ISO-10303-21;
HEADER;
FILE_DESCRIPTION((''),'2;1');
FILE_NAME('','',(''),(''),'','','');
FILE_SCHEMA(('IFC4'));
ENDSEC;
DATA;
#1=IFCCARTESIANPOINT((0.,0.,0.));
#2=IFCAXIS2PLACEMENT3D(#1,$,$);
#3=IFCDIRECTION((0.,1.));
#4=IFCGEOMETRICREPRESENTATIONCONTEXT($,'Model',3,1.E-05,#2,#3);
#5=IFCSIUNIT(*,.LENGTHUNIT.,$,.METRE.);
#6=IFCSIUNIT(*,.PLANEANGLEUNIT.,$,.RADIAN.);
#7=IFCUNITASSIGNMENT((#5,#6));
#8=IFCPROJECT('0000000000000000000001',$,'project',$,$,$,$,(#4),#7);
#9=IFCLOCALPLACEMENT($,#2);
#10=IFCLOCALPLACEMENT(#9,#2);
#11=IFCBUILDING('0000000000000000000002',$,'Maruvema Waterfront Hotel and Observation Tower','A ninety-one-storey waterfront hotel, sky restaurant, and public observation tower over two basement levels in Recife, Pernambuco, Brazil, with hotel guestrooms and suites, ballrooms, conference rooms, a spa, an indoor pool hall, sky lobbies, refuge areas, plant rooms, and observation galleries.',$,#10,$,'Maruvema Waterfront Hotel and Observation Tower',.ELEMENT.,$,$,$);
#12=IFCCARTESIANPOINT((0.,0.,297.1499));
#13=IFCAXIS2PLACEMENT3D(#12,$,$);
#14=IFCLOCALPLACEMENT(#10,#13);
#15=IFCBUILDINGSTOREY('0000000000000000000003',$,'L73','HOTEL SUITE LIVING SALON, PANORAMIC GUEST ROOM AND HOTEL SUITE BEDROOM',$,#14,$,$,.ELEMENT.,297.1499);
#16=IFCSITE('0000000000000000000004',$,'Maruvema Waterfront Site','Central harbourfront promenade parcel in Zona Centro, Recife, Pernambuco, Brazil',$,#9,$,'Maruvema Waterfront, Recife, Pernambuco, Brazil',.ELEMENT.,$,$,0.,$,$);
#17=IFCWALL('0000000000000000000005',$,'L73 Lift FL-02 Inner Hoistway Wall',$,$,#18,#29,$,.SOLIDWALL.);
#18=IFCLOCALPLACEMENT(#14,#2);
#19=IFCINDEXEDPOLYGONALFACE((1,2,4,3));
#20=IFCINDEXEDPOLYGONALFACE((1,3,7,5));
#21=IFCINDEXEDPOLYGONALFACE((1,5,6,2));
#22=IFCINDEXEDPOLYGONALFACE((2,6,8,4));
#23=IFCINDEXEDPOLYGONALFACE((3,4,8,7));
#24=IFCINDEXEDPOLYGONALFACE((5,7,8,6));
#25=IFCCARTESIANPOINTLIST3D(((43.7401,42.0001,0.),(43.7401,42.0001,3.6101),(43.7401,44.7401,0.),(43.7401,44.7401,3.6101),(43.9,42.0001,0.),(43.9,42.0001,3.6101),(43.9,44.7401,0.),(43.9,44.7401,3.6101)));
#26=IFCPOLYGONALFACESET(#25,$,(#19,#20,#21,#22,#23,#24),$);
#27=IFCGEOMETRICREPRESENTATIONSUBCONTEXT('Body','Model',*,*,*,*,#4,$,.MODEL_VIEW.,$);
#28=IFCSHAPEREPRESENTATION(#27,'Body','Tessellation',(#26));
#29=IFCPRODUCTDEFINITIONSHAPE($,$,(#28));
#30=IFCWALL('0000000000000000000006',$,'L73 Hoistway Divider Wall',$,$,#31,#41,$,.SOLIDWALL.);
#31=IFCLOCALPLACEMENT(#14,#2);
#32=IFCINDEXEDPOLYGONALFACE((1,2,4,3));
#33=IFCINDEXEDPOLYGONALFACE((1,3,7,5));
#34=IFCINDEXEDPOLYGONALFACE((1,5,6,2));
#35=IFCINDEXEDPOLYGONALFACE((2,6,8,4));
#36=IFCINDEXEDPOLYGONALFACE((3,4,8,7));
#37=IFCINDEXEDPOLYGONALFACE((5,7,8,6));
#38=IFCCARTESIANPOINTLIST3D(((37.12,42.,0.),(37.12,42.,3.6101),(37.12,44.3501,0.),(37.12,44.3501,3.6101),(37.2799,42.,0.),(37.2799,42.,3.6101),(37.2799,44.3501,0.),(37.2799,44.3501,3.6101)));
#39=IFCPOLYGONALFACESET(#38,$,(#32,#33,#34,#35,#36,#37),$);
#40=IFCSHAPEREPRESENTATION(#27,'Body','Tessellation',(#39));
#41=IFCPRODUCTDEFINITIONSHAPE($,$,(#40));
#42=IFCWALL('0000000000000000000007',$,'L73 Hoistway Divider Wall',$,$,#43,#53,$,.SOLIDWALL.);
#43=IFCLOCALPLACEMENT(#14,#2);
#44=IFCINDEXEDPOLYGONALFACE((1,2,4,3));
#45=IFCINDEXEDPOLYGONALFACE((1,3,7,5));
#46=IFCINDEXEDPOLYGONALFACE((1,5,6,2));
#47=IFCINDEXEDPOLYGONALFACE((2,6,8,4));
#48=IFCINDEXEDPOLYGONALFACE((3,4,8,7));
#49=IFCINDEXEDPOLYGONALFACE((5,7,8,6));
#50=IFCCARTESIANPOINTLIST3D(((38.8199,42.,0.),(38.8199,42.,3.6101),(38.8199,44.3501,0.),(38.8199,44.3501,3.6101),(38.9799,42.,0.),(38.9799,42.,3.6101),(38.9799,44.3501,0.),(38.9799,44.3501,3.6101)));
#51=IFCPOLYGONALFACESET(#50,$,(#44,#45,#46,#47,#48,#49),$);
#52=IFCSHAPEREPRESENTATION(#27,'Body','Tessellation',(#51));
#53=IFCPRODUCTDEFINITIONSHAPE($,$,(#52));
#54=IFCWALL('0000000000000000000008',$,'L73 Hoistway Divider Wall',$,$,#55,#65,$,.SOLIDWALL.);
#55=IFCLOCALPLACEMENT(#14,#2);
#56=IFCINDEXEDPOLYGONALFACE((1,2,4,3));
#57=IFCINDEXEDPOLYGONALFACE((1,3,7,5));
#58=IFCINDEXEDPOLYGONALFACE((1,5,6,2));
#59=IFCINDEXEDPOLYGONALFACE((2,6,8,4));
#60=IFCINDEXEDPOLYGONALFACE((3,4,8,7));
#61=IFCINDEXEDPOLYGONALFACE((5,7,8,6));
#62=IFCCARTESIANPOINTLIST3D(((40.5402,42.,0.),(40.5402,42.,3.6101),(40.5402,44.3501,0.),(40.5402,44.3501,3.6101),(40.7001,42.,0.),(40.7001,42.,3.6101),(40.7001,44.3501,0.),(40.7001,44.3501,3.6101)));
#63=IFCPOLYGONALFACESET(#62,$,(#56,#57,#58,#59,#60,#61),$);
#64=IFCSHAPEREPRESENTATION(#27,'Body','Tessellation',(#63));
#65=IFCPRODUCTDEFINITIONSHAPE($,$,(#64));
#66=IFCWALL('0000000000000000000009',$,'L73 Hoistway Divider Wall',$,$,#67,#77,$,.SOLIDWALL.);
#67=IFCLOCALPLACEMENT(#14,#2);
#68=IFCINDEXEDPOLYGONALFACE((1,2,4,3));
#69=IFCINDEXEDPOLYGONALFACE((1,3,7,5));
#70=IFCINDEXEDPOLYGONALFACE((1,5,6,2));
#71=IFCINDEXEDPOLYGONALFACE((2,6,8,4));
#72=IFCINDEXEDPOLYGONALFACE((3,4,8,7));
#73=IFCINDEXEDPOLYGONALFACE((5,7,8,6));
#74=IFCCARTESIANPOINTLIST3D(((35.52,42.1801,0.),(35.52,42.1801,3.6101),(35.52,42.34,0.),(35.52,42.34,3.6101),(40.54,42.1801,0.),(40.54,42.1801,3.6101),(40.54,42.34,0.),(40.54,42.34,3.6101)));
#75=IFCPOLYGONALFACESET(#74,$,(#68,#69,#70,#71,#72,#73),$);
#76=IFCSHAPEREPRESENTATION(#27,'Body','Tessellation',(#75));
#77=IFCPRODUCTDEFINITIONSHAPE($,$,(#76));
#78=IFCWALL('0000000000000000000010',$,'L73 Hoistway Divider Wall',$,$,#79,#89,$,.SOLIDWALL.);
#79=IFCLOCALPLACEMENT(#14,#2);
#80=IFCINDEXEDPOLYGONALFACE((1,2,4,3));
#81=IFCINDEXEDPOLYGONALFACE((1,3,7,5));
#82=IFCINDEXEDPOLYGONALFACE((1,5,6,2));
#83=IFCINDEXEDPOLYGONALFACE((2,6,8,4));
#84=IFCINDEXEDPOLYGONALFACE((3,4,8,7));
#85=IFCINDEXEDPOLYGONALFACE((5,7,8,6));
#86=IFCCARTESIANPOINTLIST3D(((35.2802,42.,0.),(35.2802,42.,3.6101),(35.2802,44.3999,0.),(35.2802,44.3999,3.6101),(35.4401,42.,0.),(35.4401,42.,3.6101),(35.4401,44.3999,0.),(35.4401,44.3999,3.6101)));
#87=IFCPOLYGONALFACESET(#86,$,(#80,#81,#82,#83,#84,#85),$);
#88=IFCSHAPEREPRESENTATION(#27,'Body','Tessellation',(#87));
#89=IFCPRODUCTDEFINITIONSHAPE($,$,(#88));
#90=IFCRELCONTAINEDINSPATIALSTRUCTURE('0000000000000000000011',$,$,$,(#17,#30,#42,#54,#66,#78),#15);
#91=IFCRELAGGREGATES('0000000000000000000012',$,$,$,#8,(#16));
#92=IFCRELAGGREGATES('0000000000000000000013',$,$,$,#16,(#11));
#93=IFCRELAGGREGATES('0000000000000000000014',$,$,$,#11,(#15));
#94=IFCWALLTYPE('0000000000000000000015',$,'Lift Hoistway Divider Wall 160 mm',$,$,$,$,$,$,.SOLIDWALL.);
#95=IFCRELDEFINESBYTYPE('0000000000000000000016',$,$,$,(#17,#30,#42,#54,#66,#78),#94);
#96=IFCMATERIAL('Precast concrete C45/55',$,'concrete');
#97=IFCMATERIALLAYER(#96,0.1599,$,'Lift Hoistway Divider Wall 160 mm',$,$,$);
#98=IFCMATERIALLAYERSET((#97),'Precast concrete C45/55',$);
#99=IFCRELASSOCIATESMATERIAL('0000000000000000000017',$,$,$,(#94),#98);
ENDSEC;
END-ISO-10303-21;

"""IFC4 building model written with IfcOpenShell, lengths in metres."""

from ifc_helpers import new_model, si_unit, direction, frame, frame_2d, origin, place, context, subcontext, project, spatial, rectangle, extrude, material, layer, layer_set, type_object, element, save


model = new_model("IFC4")

# Units and contexts
model_context = context("Model", 3, precision=1e-05, world=origin(), true_north=direction((0.0, 1.0)))
body_context = subcontext(model_context, "Body", "Model", "MODEL_VIEW")
ifc_project = project(units=[si_unit("LENGTHUNIT", "METRE"), si_unit("PLANEANGLEUNIT", "RADIAN")], contexts=[model_context])

# Site, building, storey
site_placement = place(None, origin())
site = spatial("IfcSite", under=ifc_project, at=site_placement, Name="Maruvema Waterfront Site", Description="Central harbourfront promenade parcel in Zona Centro, Recife, Pernambuco, Brazil", LongName="Maruvema Waterfront, Recife, Pernambuco, Brazil", CompositionType="ELEMENT", RefElevation=0.0)
building_placement = place(site_placement, origin())
building = spatial("IfcBuilding", under=site, at=building_placement, Name="Maruvema Waterfront Hotel and Observation Tower", Description="A ninety-one-storey waterfront hotel, sky restaurant, and public observation tower over two basement levels in Recife, Pernambuco, Brazil, with hotel guestrooms and suites, ballrooms, conference rooms, a spa, an indoor pool hall, sky lobbies, refuge areas, plant rooms, and observation galleries.", LongName="Maruvema Waterfront Hotel and Observation Tower", CompositionType="ELEMENT")
storey_placement = place(building_placement, frame((0.0, 0.0, 297.1499)))
storey = spatial("IfcBuildingStorey", under=building, at=storey_placement, Name="L73", Description="HOTEL SUITE LIVING SALON, PANORAMIC GUEST ROOM AND HOTEL SUITE BEDROOM", CompositionType="ELEMENT", Elevation=297.1499)

# Walls
ifc_material_1 = material(Name="Precast concrete C45/55", Category="concrete")
ifc_layer_1 = layer(ifc_material_1, 0.1599, Name="Lift Hoistway Divider Wall 160 mm")
ifc_layer_set_1 = layer_set([ifc_layer_1], Name="Precast concrete C45/55")
wall_type_1 = type_object("IfcWallType", Name="Lift Hoistway Divider Wall 160 mm", PredefinedType="SOLIDWALL", material=ifc_layer_set_1)
wall_1_placement = place(storey_placement, frame((43.8201, 42.0, 0.0), z_axis=(0.0, 0.0, 1.0), x_axis=(0.0, 1.0, 0.0)))
element("IfcWall", 1, at=wall_1_placement, inside=storey, type_object=wall_type_1, Name="L73 Lift FL-02 Inner Hoistway Wall", PredefinedType="SOLIDWALL", context=body_context, shape_type="SweptSolid", body=[
    extrude(rectangle(XDim=2.74, YDim=0.1599, at=frame_2d((1.3701, 0.0))), origin(), (0.0, 0.0, 1.0), 3.6101),
])
for number, where, z_axis, x_axis, name in (
    (2, (37.2, 42.0, 0.0), (0.0, 0.0, 1.0), (0.0, 1.0, 0.0), "L73 Hoistway Divider Wall"),
    (3, (38.8999, 42.0, 0.0), (0.0, 0.0, 1.0), (0.0, 1.0, 0.0), "L73 Hoistway Divider Wall"),
    (4, (40.6201, 42.0, 0.0), (0.0, 0.0, 1.0), (0.0, 1.0, 0.0), "L73 Hoistway Divider Wall"),
):
    element("IfcWall", number, at=place(storey_placement, frame(where, z_axis=z_axis, x_axis=x_axis)), inside=storey, type_object=wall_type_1, Name=name, PredefinedType="SOLIDWALL", context=body_context, shape_type="SweptSolid", body=[
        extrude(rectangle(XDim=2.3501, YDim=0.1599, at=frame_2d((1.175, 0.0))), origin(), (0.0, 0.0, 1.0), 3.6101),
    ])
wall_2_placement = place(storey_placement, frame((35.52, 42.26, 0.0), z_axis=(0.0, 0.0, 1.0), x_axis=(1.0, 0.0, 0.0)))
element("IfcWall", 5, at=wall_2_placement, inside=storey, type_object=wall_type_1, Name="L73 Hoistway Divider Wall", PredefinedType="SOLIDWALL", context=body_context, shape_type="SweptSolid", body=[
    extrude(rectangle(XDim=5.02, YDim=0.1599, at=frame_2d((2.51, 0.0))), origin(), (0.0, 0.0, 1.0), 3.6101),
])
wall_3_placement = place(storey_placement, frame((35.3601, 42.0, 0.0), z_axis=(0.0, 0.0, 1.0), x_axis=(0.0, 1.0, 0.0)))
element("IfcWall", 6, at=wall_3_placement, inside=storey, type_object=wall_type_1, Name="L73 Hoistway Divider Wall", PredefinedType="SOLIDWALL", context=body_context, shape_type="SweptSolid", body=[
    extrude(rectangle(XDim=2.3999, YDim=0.1599, at=frame_2d((1.2, 0.0))), origin(), (0.0, 0.0, 1.0), 3.6101),
])

save(model, "model.ifc")
